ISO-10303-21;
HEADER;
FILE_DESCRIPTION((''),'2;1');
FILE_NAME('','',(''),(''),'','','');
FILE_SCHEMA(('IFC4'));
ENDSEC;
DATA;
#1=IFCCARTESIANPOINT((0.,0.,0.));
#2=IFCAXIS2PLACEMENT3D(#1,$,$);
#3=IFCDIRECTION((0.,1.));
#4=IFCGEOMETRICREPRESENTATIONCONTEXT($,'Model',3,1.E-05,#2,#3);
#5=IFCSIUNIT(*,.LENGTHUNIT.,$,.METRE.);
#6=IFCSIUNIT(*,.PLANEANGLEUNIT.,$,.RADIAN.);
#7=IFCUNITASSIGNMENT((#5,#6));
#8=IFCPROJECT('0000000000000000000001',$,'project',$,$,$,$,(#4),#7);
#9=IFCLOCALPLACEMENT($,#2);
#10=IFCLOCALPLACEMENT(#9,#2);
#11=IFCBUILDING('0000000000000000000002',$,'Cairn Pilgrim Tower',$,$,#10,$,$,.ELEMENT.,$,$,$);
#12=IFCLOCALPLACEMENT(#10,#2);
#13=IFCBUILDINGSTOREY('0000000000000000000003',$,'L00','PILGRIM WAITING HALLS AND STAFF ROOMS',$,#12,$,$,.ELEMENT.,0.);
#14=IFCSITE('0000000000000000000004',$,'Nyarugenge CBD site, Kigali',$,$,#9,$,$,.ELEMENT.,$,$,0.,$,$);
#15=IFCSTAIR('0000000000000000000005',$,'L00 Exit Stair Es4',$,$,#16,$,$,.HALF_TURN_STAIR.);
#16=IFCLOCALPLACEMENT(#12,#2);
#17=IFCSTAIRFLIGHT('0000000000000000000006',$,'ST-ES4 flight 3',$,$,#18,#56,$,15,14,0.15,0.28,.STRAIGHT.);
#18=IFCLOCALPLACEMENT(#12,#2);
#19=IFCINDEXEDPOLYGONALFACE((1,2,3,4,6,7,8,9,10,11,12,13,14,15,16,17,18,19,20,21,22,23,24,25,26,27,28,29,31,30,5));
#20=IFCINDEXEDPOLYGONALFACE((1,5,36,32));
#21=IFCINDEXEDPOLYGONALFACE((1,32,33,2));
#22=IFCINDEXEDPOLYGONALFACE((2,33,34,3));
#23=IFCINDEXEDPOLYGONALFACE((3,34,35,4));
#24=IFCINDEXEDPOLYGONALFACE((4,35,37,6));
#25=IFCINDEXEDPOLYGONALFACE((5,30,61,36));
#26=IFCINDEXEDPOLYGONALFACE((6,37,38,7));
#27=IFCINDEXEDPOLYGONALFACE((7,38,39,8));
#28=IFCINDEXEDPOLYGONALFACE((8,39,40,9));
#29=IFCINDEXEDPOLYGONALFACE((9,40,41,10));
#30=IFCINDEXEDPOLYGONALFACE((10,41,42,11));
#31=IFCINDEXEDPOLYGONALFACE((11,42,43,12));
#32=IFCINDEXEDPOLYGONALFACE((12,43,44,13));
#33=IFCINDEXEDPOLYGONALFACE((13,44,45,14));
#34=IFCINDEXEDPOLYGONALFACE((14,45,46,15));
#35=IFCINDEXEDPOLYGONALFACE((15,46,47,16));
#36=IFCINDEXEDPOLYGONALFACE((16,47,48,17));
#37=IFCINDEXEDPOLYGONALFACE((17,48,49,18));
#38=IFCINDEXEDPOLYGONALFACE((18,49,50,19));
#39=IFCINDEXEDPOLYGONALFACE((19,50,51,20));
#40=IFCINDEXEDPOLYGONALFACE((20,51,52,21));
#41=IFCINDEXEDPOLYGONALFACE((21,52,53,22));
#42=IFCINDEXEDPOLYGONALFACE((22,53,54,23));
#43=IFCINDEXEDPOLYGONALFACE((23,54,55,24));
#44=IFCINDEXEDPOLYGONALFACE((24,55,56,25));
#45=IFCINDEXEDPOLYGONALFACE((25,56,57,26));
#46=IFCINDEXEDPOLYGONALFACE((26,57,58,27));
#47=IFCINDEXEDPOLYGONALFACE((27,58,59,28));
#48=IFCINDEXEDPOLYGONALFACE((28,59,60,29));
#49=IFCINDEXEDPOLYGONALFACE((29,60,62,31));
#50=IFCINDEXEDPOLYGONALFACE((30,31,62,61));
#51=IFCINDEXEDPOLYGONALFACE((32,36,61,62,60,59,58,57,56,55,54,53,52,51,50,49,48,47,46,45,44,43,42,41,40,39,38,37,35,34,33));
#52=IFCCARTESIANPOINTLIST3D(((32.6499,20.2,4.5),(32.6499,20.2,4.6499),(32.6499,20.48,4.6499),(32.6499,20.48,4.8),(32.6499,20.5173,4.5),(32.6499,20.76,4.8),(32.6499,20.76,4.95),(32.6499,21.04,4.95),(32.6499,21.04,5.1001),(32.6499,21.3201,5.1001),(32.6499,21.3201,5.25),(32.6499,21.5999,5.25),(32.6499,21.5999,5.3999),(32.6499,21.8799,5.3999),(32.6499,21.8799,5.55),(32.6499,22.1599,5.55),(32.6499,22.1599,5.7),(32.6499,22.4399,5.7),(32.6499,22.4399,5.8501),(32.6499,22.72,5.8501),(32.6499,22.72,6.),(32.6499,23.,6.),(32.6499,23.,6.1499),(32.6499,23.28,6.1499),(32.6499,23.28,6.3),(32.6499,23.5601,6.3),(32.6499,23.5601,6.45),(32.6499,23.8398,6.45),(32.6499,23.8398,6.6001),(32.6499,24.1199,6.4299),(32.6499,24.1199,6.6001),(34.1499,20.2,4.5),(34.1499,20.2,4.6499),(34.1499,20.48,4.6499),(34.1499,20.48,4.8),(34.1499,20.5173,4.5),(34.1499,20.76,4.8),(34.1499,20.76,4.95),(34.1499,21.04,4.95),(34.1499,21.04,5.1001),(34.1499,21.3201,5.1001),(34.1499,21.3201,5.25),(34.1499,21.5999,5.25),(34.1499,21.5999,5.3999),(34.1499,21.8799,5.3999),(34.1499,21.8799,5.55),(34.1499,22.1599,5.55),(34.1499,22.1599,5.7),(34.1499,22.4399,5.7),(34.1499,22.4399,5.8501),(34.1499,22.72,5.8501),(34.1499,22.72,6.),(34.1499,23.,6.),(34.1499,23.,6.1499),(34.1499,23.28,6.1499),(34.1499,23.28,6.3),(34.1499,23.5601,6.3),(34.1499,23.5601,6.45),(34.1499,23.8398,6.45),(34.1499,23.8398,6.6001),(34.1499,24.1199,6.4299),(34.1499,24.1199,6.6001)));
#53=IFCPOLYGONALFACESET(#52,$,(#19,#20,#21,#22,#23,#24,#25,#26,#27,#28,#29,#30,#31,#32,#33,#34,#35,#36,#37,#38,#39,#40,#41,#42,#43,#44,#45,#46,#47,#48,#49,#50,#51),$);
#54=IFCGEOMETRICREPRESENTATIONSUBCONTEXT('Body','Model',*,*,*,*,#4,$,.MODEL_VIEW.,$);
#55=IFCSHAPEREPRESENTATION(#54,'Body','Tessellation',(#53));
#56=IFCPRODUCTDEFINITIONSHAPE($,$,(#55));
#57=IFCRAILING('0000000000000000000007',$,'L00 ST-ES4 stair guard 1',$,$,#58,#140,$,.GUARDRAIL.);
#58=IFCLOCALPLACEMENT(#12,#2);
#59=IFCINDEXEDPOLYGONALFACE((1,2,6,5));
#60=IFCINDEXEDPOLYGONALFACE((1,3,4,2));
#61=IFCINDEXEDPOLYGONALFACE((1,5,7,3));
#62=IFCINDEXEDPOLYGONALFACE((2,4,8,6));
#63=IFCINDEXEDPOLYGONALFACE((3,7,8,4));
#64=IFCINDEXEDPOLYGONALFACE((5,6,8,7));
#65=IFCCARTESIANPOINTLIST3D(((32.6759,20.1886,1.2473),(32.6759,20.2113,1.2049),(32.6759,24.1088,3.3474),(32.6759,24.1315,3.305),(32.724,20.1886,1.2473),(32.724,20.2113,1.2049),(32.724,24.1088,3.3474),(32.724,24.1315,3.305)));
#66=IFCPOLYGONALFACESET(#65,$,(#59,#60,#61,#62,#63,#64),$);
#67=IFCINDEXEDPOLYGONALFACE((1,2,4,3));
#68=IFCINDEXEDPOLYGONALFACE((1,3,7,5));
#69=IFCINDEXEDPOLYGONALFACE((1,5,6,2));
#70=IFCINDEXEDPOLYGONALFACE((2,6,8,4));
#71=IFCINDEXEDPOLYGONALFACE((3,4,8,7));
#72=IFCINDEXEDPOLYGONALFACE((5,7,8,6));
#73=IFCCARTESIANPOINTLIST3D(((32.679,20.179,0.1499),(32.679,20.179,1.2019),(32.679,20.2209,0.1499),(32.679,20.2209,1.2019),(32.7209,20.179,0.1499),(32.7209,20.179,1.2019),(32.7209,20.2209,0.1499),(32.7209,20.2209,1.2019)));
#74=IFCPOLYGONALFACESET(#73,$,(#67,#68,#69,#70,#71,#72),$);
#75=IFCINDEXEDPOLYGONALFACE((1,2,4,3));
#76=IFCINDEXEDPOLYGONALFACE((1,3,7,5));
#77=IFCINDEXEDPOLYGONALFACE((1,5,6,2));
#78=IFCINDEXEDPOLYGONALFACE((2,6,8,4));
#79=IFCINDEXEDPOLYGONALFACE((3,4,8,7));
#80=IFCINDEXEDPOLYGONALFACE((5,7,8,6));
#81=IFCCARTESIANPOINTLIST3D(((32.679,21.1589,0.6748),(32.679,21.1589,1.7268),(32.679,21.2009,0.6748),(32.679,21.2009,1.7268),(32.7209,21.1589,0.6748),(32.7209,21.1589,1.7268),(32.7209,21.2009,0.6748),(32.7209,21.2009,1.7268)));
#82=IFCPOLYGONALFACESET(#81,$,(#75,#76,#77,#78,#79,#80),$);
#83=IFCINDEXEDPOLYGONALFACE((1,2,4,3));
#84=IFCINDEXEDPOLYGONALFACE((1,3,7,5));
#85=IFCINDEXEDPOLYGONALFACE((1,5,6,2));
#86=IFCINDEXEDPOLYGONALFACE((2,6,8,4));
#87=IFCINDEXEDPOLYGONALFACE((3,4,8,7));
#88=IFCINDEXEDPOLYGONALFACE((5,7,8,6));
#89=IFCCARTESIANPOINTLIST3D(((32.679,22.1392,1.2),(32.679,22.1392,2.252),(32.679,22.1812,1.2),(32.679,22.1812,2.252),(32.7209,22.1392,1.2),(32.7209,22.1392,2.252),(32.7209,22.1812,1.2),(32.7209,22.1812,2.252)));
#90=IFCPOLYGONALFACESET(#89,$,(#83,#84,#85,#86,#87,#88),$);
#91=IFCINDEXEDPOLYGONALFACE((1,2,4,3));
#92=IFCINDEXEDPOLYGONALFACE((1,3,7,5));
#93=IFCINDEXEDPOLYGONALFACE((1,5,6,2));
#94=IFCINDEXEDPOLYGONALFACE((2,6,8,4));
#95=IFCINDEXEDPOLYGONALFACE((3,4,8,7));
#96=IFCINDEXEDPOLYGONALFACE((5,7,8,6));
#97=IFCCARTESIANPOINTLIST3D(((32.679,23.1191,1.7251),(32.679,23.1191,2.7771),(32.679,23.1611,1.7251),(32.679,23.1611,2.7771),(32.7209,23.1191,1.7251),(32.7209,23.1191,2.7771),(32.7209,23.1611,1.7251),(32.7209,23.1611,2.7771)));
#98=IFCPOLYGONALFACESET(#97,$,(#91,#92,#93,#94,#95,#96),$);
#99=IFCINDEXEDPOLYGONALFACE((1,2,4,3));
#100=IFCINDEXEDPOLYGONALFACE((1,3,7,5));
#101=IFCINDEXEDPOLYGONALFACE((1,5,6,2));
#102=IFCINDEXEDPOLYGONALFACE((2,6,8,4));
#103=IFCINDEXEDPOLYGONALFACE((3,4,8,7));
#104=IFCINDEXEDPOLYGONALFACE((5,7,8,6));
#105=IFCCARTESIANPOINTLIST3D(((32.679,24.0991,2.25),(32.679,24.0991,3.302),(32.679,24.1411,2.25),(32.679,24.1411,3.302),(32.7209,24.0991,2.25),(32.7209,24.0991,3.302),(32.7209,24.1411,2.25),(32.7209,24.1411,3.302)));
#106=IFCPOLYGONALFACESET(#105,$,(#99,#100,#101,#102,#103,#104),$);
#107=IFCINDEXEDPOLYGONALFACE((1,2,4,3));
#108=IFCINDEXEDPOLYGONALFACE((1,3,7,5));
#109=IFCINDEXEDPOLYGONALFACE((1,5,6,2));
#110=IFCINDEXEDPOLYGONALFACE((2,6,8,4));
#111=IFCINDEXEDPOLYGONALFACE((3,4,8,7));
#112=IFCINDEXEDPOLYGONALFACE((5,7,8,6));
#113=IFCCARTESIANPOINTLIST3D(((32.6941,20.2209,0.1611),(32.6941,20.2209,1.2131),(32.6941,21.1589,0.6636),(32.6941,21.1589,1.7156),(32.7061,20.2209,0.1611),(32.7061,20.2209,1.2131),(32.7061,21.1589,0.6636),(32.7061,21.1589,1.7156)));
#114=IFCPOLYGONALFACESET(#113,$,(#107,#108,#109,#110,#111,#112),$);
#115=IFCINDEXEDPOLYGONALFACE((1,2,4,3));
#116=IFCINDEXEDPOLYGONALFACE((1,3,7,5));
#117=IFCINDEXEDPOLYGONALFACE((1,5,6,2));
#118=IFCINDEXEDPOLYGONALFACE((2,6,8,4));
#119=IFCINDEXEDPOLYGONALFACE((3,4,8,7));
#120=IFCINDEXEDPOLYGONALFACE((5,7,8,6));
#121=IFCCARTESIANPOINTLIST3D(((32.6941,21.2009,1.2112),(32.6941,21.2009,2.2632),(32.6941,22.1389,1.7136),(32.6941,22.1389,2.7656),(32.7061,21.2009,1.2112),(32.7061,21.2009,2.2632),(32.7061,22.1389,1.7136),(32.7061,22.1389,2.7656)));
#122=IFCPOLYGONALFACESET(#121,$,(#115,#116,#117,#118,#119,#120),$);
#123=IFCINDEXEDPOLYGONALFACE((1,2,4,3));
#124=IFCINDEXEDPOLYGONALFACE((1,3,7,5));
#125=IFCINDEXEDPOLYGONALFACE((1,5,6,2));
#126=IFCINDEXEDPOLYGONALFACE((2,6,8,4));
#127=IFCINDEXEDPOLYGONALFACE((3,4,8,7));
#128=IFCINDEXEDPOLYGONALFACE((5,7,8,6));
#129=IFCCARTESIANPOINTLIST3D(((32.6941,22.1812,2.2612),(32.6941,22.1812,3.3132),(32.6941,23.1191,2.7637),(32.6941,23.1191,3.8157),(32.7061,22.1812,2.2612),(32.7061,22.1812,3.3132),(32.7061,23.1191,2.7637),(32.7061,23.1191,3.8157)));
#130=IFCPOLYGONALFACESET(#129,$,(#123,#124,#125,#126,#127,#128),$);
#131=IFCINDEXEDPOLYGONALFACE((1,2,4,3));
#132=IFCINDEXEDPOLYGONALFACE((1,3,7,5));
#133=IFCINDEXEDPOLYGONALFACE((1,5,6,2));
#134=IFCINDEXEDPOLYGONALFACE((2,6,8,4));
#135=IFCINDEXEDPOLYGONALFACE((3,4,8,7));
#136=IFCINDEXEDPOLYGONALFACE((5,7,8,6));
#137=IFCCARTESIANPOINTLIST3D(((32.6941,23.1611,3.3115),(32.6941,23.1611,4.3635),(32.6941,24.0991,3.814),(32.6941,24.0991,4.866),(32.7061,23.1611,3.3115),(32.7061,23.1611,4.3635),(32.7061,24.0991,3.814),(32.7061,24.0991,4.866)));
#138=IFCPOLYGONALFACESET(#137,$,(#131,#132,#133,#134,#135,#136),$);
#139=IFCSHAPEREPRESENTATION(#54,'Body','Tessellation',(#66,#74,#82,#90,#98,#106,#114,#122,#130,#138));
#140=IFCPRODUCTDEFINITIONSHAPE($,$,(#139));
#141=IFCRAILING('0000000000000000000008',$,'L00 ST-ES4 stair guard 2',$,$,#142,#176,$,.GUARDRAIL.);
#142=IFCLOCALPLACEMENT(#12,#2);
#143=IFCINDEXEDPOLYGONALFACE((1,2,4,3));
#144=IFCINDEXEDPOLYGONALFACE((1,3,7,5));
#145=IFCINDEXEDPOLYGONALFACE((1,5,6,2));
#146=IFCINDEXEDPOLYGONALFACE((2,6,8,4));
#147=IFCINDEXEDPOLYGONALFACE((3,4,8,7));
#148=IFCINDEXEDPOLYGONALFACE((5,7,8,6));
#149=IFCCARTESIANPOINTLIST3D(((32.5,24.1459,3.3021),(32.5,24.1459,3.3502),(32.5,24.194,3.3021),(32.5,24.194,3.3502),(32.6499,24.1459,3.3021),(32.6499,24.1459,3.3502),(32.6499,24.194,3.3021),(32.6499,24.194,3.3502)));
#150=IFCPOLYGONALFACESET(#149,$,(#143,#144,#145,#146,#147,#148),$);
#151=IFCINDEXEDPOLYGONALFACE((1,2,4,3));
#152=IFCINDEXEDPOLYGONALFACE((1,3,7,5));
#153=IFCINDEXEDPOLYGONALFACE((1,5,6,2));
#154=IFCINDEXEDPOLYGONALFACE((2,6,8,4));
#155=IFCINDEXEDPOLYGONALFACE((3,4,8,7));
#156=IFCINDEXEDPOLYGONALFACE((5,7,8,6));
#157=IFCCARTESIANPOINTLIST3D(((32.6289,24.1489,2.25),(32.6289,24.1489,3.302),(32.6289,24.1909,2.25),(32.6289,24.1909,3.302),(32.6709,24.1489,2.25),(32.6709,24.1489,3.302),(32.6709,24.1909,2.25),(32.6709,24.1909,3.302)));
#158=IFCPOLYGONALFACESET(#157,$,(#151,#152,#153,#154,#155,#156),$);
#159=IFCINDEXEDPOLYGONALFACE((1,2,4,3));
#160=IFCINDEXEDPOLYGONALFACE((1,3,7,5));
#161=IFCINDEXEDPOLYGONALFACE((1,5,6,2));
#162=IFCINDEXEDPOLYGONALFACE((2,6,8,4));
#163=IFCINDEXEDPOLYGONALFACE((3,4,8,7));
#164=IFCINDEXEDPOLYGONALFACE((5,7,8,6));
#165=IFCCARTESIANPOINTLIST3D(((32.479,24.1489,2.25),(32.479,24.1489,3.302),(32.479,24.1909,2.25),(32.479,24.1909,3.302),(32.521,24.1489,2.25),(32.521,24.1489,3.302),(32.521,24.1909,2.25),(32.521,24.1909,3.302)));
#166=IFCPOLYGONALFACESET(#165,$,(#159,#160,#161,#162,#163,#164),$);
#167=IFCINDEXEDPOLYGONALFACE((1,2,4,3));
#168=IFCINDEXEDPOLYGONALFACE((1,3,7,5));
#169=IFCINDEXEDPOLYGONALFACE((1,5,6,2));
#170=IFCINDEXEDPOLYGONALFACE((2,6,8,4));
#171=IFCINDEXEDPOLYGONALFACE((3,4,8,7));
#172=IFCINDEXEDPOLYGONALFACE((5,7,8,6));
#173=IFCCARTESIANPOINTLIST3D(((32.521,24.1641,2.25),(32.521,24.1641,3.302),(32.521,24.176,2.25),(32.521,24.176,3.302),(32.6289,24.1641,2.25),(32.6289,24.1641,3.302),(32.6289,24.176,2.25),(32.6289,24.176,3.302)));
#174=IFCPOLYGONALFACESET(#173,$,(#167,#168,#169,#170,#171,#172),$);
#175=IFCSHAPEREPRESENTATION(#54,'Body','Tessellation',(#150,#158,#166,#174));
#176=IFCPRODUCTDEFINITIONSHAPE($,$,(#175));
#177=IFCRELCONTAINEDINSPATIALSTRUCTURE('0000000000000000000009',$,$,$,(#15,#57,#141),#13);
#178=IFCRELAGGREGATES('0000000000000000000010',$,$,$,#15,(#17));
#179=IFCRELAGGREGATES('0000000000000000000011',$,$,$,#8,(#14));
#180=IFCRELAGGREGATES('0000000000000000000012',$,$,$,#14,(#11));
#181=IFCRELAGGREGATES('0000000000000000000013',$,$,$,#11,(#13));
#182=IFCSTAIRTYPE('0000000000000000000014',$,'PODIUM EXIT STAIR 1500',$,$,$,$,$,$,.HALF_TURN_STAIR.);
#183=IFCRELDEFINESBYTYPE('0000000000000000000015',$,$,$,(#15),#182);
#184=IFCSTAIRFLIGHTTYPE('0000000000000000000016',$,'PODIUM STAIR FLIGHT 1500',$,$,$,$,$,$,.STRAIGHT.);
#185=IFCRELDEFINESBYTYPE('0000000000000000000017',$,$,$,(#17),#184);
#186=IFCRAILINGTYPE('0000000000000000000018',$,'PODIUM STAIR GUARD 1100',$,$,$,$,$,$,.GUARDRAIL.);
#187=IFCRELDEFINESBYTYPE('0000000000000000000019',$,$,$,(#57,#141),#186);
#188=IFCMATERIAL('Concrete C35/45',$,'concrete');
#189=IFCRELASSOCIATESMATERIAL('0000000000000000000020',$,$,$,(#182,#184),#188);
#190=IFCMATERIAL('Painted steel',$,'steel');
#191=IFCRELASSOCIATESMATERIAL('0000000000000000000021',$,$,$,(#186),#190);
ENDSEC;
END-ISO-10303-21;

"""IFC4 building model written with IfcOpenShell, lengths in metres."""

from ifc_helpers import new_model, si_unit, direction, frame, origin, origin_2d, place, context, subcontext, project, spatial, polyline, rectangle, outline, extrude, material, type_object, element, aggregate, save


model = new_model("IFC4")

# Units and contexts
model_context = context("Model", 3, precision=1e-05, world=origin(), true_north=direction((0.0, 1.0)))
body_context = subcontext(model_context, "Body", "Model", "MODEL_VIEW")
ifc_project = project(units=[si_unit("LENGTHUNIT", "METRE"), si_unit("PLANEANGLEUNIT", "RADIAN")], contexts=[model_context])

# Site, building, storey
site_placement = place(None, origin())
site = spatial("IfcSite", under=ifc_project, at=site_placement, Name="Nyarugenge CBD site, Kigali", CompositionType="ELEMENT", RefElevation=0.0)
building_placement = place(site_placement, origin())
building = spatial("IfcBuilding", under=site, at=building_placement, Name="Cairn Pilgrim Tower", CompositionType="ELEMENT")
storey_placement = place(building_placement, origin())
storey = spatial("IfcBuildingStorey", under=building, at=storey_placement, Name="L00", Description="PILGRIM WAITING HALLS AND STAFF ROOMS", CompositionType="ELEMENT", Elevation=0.0)

# Shared definitions
ifc_material_1 = material(Name="Concrete C35/45", Category="concrete")

# Stair, stair flight
stair_type = type_object("IfcStairType", Name="PODIUM EXIT STAIR 1500", PredefinedType="HALF_TURN_STAIR", material=ifc_material_1)
stair_placement = place(storey_placement, origin())
stair = element("IfcStair", 1, at=stair_placement, inside=storey, type_object=stair_type, Name="L00 Exit Stair Es4", PredefinedType="HALF_TURN_STAIR")
stair_flight_type = type_object("IfcStairFlightType", Name="PODIUM STAIR FLIGHT 1500", PredefinedType="STRAIGHT", material=ifc_material_1)
stair_flight_1_placement = place(storey_placement, frame((33.3999, 20.2, 4.5), z_axis=(0.0, 0.0, 1.0), x_axis=(0.0, 1.0, 0.0)))
stair_flight_1 = element("IfcStairFlight", 2, at=stair_flight_1_placement, type_object=stair_flight_type, Name="ST-ES4 flight 3", NumberOfRisers=15, NumberOfTreads=14, PredefinedType="STRAIGHT", RiserHeight=0.15, TreadLength=0.28, context=body_context, shape_type="SweptSolid", body=[
    extrude(outline(polyline([(0.0, 0.0), (0.0, 0.1499), (0.28, 0.1499), (0.28, 0.3), (0.5601, 0.3), (0.5601, 0.45), (0.8401, 0.45), (0.8401, 0.6001), (1.1201, 0.6001), (1.1201, 0.75), (1.3999, 0.75), (1.3999, 0.8999), (1.6799, 0.8999), (1.6799, 1.05), (1.96, 1.05), (1.96, 1.2), (2.24, 1.2), (2.24, 1.3501), (2.52, 1.3501), (2.52, 1.5), (2.8, 1.5), (2.8, 1.6499), (3.0801, 1.6499), (3.0801, 1.8), (3.3601, 1.8), (3.3601, 1.95), (3.6399, 1.95), (3.6399, 2.1001), (3.9199, 2.1001), (3.9199, 2.25), (3.9199, 1.9299), (0.3174, 0.0), (0.0, 0.0)])), frame((0.0, 0.75, 0.0), z_axis=(0.0, -1.0, 0.0), x_axis=(1.0, 0.0, 0.0)), (0.0, 0.0, 1.0), 1.5),
])
aggregate(stair, [stair_flight_1])

# Railings
ifc_material_2 = material(Name="Painted steel", Category="steel")
railing_type_1 = type_object("IfcRailingType", Name="PODIUM STAIR GUARD 1100", PredefinedType="GUARDRAIL", material=ifc_material_2)
railing_1_placement = place(storey_placement, frame((32.7, 20.2, 0.1499)))
element("IfcRailing", 3, at=railing_1_placement, inside=storey, type_object=railing_type_1, Name="L00 ST-ES4 stair guard 1", PredefinedType="GUARDRAIL", context=body_context, shape_type="SweptSolid", body=[
    extrude(rectangle(XDim=0.0481, YDim=0.0481, at=origin_2d()), frame((0.0, 0.0, 1.0762), z_axis=(0.0, 0.881479, 0.472223), x_axis=(-1.0, 0.0, 0.0)), (0.0, 0.0, 1.0), 4.4473),
    extrude(rectangle(XDim=0.042, YDim=0.042, at=origin_2d()), origin(), (0.0, 0.0, 1.0), 1.052),
    extrude(rectangle(XDim=0.042, YDim=0.042, at=origin_2d()), frame((0.0, 0.98, 0.5249)), (0.0, 0.0, 1.0), 1.052),
    extrude(rectangle(XDim=0.042, YDim=0.042, at=origin_2d()), frame((0.0, 1.9602, 1.05)), (0.0, 0.0, 1.0), 1.052),
    extrude(rectangle(XDim=0.042, YDim=0.042, at=origin_2d()), frame((0.0, 2.9402, 1.5752)), (0.0, 0.0, 1.0), 1.052),
    extrude(rectangle(XDim=0.042, YDim=0.042, at=origin_2d()), frame((0.0, 3.9202, 2.1001)), (0.0, 0.0, 1.0), 1.052),
    extrude(outline(polyline([(0.021, 0.0112), (0.959, 0.5137), (0.959, 1.5657), (0.021, 1.0632), (0.021, 0.0112)])), frame((-0.0059, 0.0, 0.0), z_axis=(1.0, 0.0, 0.0), x_axis=(0.0, 1.0, 0.0)), (0.0, 0.0, 1.0), 0.012),
    extrude(outline(polyline([(0.021, 0.5364), (0.959, 1.0388), (0.959, 2.0908), (0.021, 1.5884), (0.021, 0.5364)])), frame((-0.0059, 0.98, 0.5249), z_axis=(1.0, 0.0, 0.0), x_axis=(0.0, 1.0, 0.0)), (0.0, 0.0, 1.0), 0.012),
    extrude(outline(polyline([(0.021, 1.0613), (0.959, 1.5637), (0.959, 2.6157), (0.021, 2.1133), (0.021, 1.0613)])), frame((-0.0059, 1.9602, 1.05), z_axis=(1.0, 0.0, 0.0), x_axis=(0.0, 1.0, 0.0)), (0.0, 0.0, 1.0), 0.012),
    extrude(outline(polyline([(0.021, 1.5864), (0.959, 2.0889), (0.959, 3.1409), (0.021, 2.6384), (0.021, 1.5864)])), frame((-0.0059, 2.9402, 1.5752), z_axis=(1.0, 0.0, 0.0), x_axis=(0.0, 1.0, 0.0)), (0.0, 0.0, 1.0), 0.012),
])
railing_2_placement = place(storey_placement, frame((32.6499, 24.1699, 2.25)))
element("IfcRailing", 4, at=railing_2_placement, inside=storey, type_object=railing_type_1, Name="L00 ST-ES4 stair guard 2", PredefinedType="GUARDRAIL", context=body_context, shape_type="SweptSolid", body=[
    extrude(rectangle(XDim=0.0481, YDim=0.0481, at=origin_2d()), frame((0.0, 0.0, 1.0762), z_axis=(-1.0, 0.0, 0.0), x_axis=(0.0, -1.0, 0.0)), (0.0, 0.0, 1.0), 0.1499),
    extrude(rectangle(XDim=0.042, YDim=0.042, at=origin_2d()), origin(), (0.0, 0.0, 1.0), 1.052),
    extrude(rectangle(XDim=0.042, YDim=0.042, at=origin_2d()), frame((-0.1499, 0.0, 0.0)), (0.0, 0.0, 1.0), 1.052),
    extrude(outline(polyline([(0.021, 0.0), (0.1289, 0.0), (0.1289, 1.052), (0.021, 1.052), (0.021, 0.0)])), frame((0.0, -0.0059, 0.0), z_axis=(0.0, 1.0, 0.0), x_axis=(-1.0, 0.0, 0.0)), (0.0, 0.0, 1.0), 0.012),
])

save(model, "model.ifc")
